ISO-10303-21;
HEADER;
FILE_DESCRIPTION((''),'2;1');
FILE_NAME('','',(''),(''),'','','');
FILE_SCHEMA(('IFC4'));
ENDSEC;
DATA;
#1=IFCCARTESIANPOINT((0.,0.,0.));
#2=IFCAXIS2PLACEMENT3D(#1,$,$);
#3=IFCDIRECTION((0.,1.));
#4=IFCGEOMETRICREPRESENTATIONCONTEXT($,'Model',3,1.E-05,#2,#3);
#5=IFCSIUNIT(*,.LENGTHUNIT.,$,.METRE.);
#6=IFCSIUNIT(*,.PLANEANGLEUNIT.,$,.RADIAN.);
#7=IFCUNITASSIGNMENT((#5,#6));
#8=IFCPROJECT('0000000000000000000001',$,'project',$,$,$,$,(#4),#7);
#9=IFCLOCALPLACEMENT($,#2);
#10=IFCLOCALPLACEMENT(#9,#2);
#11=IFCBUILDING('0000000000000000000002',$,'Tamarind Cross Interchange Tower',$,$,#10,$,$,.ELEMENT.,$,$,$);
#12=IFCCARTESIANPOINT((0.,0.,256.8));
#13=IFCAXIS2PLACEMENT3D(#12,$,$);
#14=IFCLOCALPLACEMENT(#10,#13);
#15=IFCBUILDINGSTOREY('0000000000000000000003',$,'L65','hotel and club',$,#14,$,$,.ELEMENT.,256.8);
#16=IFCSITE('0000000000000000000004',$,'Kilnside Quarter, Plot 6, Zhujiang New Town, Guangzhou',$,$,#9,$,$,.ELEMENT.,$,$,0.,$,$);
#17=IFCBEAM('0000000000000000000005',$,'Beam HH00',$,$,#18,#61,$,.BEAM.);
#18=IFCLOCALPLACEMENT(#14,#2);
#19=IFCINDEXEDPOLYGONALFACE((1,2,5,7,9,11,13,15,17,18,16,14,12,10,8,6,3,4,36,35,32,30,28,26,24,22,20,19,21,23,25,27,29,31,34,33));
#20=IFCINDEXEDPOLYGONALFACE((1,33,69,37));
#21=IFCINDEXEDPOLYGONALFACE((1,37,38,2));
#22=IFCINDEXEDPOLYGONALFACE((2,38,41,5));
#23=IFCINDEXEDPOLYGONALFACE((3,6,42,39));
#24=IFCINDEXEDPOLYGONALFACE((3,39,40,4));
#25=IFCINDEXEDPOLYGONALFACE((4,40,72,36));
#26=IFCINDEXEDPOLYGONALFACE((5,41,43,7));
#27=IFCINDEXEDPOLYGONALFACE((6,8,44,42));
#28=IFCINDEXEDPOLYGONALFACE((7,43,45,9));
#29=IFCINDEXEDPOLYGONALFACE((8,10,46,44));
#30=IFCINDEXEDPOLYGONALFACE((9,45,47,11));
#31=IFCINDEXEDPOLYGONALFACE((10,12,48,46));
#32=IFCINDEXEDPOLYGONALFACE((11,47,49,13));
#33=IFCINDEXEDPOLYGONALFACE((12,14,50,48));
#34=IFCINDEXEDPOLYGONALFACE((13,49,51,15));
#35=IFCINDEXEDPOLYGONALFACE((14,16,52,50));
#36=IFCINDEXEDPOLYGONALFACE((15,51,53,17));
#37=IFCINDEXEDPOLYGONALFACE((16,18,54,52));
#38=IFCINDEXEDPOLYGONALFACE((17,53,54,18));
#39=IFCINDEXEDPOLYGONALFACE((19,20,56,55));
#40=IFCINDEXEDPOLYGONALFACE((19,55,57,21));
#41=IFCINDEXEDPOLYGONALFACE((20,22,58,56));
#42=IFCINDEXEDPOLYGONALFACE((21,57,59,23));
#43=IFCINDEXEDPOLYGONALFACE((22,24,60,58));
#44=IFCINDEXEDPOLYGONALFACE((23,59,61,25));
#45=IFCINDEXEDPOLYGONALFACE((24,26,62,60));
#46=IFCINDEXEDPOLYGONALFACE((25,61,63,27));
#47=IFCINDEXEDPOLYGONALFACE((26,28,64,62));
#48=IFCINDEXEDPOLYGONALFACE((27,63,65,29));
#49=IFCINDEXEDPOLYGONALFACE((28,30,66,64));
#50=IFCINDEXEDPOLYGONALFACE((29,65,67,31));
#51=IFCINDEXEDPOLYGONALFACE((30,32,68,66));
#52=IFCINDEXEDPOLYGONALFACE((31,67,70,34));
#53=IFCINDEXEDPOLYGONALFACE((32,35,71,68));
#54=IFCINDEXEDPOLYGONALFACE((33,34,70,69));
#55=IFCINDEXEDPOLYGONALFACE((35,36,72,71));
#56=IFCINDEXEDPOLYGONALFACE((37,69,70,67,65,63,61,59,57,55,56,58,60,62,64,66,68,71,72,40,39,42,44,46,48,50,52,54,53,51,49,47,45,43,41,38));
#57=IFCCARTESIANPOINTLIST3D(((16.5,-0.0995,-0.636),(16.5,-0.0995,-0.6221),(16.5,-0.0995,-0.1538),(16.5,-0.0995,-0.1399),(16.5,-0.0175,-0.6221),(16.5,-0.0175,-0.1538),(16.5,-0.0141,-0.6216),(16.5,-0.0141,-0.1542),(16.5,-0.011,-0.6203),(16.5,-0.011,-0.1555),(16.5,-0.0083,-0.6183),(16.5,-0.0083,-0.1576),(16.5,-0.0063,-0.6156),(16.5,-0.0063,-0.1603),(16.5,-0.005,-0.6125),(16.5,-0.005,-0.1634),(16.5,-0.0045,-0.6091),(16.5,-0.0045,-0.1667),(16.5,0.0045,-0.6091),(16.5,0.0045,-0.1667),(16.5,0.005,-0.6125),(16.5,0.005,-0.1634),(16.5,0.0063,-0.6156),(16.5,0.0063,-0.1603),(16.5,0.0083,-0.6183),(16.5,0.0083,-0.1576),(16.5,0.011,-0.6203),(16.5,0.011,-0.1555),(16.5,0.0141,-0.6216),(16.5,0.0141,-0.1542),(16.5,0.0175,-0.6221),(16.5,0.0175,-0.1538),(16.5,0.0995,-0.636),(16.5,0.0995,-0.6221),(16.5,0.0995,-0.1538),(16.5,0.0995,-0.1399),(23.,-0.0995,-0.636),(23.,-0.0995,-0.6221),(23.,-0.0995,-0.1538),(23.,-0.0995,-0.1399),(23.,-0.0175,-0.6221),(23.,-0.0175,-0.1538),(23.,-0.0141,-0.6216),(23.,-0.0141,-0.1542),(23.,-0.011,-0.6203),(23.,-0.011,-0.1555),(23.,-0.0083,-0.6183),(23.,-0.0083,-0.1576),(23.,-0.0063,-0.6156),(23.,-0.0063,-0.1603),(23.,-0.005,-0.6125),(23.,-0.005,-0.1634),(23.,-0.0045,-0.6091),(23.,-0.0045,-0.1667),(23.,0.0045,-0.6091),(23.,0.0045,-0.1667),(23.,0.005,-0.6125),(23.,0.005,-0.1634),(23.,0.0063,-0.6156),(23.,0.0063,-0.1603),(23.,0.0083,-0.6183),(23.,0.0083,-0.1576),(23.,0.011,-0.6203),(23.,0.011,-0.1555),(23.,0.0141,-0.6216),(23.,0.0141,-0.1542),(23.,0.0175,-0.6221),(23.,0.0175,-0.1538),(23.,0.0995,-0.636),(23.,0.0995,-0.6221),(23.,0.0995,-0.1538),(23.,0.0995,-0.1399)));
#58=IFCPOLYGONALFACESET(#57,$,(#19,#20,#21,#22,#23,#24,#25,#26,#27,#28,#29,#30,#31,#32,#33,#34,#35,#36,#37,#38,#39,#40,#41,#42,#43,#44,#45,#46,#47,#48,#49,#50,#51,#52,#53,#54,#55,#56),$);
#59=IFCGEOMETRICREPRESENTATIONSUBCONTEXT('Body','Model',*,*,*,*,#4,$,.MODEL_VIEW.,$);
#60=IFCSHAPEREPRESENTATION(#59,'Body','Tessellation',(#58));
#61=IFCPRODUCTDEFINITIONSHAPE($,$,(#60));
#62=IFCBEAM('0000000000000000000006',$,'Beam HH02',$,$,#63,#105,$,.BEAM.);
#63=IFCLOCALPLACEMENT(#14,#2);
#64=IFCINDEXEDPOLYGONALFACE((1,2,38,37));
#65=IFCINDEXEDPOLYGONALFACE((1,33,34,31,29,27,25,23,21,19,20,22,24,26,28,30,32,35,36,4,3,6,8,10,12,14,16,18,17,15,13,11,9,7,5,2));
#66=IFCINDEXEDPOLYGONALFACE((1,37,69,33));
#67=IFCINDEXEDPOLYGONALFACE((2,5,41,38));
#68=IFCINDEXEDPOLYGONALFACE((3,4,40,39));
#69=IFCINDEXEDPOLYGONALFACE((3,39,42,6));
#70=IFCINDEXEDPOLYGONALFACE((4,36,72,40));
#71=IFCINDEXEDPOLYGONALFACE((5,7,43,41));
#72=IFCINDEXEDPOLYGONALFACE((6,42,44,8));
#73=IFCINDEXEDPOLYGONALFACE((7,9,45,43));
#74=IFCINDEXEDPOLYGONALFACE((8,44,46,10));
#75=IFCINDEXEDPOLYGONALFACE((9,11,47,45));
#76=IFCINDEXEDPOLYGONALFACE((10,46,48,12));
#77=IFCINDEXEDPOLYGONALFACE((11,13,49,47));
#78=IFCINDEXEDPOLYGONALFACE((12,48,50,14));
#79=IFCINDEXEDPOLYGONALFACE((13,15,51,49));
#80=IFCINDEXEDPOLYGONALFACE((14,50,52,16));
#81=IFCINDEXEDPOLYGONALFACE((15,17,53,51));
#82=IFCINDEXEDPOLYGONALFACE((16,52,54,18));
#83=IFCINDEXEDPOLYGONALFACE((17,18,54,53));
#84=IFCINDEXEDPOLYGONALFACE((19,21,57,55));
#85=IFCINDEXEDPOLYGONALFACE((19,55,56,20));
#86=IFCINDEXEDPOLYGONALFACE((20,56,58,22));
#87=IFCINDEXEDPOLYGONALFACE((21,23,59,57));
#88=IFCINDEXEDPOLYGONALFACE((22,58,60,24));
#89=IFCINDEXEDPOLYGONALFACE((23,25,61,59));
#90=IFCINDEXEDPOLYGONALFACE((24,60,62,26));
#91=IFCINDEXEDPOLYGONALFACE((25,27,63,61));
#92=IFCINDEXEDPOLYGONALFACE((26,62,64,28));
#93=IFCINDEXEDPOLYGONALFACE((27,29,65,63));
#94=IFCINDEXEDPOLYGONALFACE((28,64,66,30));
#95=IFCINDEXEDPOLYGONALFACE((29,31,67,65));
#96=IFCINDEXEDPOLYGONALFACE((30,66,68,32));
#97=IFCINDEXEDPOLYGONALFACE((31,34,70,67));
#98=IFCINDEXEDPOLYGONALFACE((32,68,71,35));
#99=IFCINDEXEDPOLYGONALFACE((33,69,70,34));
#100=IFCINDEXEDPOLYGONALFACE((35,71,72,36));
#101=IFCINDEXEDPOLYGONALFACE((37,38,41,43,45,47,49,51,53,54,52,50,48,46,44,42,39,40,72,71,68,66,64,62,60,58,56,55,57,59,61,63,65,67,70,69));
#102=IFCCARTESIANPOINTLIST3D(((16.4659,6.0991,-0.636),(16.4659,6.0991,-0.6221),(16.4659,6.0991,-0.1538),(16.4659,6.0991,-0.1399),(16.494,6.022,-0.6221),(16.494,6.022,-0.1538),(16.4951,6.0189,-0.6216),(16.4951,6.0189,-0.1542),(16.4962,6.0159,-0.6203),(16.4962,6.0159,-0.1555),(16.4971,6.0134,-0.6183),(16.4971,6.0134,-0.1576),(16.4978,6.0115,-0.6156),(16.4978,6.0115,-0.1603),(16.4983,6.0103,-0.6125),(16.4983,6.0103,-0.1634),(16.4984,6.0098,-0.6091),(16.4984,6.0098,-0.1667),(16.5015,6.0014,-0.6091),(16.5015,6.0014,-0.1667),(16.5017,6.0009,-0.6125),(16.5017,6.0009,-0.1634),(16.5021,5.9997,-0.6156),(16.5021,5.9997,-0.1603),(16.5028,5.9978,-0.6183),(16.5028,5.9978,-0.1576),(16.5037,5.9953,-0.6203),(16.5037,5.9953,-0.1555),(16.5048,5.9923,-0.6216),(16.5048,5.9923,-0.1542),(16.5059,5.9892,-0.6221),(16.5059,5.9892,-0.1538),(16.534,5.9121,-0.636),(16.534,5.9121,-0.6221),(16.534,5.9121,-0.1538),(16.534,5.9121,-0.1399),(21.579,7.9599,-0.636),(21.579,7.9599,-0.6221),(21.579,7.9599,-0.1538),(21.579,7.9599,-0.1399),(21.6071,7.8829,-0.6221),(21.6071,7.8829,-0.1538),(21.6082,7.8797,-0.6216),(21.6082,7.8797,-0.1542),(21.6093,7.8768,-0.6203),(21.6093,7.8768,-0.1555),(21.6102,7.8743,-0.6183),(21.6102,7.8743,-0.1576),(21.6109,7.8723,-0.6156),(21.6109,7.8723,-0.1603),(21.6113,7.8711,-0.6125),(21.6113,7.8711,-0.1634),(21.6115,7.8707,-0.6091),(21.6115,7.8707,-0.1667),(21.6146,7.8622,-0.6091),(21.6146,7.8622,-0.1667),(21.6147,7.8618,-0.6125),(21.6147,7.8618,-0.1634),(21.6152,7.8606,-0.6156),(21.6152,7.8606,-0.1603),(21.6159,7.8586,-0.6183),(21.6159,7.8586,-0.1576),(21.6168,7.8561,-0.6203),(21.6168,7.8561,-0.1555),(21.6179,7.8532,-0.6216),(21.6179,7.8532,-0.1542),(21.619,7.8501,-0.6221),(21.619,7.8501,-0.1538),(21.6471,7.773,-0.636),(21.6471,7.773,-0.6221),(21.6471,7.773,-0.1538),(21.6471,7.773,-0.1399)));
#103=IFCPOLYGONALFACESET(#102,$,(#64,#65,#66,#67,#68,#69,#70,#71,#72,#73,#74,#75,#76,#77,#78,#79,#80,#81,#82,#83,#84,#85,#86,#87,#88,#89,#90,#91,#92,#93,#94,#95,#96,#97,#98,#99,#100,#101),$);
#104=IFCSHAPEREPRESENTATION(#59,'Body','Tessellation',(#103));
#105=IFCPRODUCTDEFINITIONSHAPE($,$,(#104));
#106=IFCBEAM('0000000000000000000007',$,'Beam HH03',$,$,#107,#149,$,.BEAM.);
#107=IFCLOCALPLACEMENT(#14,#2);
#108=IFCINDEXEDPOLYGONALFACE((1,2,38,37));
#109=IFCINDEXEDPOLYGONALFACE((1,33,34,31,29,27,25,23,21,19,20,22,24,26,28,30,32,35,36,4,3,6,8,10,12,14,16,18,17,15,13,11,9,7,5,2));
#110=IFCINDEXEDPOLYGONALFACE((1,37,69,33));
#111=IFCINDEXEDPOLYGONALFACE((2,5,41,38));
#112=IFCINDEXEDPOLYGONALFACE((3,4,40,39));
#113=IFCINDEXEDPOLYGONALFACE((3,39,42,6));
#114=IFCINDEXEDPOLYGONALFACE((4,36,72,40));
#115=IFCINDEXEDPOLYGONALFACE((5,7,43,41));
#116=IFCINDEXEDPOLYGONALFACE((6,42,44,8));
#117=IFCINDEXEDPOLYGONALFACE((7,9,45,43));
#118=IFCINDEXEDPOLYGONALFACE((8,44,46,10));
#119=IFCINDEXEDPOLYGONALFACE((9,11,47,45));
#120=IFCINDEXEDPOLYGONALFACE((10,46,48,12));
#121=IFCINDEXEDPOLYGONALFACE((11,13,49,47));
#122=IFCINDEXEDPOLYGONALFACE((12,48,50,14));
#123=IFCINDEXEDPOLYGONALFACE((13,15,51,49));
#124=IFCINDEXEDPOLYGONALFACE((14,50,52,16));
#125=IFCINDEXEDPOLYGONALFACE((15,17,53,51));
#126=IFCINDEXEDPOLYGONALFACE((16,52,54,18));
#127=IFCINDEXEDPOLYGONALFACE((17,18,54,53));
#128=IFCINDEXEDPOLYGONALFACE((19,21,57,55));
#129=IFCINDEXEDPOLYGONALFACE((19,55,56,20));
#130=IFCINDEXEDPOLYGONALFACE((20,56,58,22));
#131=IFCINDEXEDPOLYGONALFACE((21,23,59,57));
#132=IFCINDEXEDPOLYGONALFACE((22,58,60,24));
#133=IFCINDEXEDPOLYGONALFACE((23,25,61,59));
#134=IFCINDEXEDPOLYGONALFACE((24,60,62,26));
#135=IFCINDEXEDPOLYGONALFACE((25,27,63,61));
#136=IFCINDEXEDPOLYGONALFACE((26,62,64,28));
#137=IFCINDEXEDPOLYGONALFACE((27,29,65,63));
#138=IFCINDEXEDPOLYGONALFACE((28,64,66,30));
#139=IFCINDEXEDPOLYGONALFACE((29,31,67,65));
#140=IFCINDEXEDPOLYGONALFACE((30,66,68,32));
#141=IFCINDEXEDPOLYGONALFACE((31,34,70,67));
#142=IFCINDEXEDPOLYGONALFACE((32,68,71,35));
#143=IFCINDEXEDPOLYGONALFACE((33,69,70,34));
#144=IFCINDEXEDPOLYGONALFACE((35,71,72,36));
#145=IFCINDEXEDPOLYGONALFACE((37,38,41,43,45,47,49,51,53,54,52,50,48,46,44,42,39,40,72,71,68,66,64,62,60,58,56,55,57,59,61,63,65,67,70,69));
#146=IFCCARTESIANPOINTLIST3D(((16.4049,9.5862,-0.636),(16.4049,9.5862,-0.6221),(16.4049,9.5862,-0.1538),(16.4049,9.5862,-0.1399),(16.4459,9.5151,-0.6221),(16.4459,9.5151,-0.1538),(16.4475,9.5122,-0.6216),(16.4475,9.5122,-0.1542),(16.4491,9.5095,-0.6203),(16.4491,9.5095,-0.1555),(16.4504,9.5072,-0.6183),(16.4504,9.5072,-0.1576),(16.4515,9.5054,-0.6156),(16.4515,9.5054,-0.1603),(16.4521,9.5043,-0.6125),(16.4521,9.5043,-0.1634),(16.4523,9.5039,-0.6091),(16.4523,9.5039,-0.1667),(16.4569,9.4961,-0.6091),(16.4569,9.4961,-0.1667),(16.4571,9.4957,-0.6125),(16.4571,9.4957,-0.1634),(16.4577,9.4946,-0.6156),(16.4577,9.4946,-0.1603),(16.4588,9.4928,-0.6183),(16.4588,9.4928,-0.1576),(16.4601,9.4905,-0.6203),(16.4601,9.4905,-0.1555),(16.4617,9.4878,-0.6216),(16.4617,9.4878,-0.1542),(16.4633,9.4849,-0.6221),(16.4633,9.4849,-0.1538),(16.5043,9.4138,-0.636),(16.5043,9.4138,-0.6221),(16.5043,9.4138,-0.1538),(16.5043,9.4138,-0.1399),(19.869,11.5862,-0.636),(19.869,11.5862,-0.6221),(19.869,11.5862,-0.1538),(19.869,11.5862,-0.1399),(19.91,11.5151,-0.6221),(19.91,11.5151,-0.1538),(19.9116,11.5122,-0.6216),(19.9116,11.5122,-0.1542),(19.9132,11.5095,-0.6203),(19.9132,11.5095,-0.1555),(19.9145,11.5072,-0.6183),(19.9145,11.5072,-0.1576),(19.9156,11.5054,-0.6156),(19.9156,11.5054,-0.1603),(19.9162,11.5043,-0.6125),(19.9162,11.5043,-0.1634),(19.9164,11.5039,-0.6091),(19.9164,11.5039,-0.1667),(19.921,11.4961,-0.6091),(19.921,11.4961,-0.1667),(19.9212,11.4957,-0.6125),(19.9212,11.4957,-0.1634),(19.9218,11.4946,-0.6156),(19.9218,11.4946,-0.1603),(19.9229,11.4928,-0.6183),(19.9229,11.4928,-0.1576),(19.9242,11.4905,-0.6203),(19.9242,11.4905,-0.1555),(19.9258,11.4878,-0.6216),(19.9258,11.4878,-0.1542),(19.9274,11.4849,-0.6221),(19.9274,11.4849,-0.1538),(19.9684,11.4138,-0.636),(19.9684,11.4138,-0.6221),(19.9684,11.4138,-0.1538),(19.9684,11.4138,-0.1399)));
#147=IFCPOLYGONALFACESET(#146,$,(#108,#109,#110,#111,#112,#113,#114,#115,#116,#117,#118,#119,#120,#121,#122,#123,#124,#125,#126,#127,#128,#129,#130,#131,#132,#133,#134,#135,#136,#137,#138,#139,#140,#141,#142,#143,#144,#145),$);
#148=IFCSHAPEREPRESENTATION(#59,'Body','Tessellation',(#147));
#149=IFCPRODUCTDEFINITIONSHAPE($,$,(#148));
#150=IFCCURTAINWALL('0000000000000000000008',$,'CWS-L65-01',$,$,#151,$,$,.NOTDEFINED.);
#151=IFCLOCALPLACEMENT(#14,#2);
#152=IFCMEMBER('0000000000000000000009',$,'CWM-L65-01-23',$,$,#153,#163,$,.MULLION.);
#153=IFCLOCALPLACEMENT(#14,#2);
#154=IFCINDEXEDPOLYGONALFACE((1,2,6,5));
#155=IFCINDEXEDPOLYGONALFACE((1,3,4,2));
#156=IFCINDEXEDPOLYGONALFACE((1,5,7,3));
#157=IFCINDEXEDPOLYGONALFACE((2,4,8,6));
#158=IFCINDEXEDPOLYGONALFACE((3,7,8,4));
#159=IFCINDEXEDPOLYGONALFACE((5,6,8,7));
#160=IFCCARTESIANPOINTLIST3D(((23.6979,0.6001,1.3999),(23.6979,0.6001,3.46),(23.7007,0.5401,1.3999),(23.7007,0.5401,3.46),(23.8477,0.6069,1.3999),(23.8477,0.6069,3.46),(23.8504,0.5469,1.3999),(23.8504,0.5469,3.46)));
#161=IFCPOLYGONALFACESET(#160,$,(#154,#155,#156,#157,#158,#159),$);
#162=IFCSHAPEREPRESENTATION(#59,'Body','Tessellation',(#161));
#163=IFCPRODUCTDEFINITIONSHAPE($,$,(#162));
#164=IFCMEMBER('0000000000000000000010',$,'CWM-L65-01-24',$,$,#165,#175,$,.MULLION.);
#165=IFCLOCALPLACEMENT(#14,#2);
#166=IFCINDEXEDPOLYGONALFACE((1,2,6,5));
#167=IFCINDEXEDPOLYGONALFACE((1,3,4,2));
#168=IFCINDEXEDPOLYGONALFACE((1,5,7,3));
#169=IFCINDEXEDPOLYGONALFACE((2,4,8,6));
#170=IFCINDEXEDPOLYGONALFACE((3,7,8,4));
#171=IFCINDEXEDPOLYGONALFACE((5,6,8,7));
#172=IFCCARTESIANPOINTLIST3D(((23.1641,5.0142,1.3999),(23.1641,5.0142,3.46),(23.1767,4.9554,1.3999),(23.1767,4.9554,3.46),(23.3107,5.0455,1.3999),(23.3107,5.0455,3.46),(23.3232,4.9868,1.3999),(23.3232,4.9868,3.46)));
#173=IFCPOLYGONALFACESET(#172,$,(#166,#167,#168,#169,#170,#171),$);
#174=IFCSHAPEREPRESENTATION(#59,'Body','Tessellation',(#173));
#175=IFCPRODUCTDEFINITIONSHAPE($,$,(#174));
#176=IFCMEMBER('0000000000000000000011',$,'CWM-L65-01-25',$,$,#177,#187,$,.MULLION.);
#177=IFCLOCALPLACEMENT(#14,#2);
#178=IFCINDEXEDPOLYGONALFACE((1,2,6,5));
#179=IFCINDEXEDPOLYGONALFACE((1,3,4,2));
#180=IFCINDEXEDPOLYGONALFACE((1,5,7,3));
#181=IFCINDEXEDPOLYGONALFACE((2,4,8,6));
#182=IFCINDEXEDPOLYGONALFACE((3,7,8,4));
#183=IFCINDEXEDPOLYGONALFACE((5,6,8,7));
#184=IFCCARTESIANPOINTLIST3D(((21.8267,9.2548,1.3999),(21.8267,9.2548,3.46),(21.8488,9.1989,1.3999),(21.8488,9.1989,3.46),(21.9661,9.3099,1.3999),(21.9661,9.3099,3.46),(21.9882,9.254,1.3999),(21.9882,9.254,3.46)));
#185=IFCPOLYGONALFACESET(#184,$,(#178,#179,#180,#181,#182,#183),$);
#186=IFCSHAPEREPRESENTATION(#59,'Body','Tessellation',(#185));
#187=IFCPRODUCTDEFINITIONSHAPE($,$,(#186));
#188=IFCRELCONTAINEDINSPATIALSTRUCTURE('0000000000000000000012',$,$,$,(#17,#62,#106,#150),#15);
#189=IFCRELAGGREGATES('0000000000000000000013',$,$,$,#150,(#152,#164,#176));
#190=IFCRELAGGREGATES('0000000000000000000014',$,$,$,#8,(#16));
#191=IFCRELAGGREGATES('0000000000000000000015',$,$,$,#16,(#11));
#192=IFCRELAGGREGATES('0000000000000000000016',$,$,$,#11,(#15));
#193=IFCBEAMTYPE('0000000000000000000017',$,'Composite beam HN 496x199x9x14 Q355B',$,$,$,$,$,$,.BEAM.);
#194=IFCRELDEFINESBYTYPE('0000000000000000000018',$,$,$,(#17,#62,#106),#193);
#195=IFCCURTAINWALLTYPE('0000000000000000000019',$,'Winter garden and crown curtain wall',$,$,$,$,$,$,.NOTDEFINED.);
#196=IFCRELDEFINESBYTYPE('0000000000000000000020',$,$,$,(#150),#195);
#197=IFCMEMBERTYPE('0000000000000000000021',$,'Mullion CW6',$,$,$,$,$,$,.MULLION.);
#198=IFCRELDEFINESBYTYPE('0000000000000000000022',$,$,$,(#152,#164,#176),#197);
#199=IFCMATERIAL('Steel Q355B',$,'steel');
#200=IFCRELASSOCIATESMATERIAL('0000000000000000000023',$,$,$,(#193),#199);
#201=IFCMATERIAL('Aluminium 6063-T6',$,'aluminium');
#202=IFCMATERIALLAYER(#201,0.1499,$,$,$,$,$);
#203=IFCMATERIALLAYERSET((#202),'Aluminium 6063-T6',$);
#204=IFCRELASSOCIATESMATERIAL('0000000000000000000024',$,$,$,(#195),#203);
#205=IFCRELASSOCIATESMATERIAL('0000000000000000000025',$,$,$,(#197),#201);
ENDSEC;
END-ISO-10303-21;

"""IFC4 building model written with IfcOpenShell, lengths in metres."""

from ifc_helpers import new_model, si_unit, direction, frame, origin, origin_2d, place, context, subcontext, project, spatial, rectangle, i_section, extrude, material, layer, layer_set, material_profile, profile_set, type_object, element, aggregate, save


model = new_model("IFC4")

# Units and contexts
model_context = context("Model", 3, precision=1e-05, world=origin(), true_north=direction((0.0, 1.0)))
body_context = subcontext(model_context, "Body", "Model", "MODEL_VIEW")
ifc_project = project(units=[si_unit("LENGTHUNIT", "METRE"), si_unit("PLANEANGLEUNIT", "RADIAN")], contexts=[model_context])

# Site, building, storey
site_placement = place(None, origin())
site = spatial("IfcSite", under=ifc_project, at=site_placement, Name="Kilnside Quarter, Plot 6, Zhujiang New Town, Guangzhou", CompositionType="ELEMENT", RefElevation=0.0)
building_placement = place(site_placement, origin())
building = spatial("IfcBuilding", under=site, at=building_placement, Name="Tamarind Cross Interchange Tower", CompositionType="ELEMENT")
storey_placement = place(building_placement, frame((0.0, 0.0, 256.8)))
storey = spatial("IfcBuildingStorey", under=building, at=storey_placement, Name="L65", Description="hotel and club", CompositionType="ELEMENT", Elevation=256.8)

# Beams
ifc_material_1 = material(Name="Steel Q355B", Category="steel")
ifc_material_profile_1 = material_profile(ifc_material_1, i_section(OverallWidth=0.199, OverallDepth=0.4961, WebThickness=0.009, FlangeThickness=0.0139, FilletRadius=0.0129, at=origin_2d()), Name="HN 496x199x9x14")
ifc_profile_set_1 = profile_set([ifc_material_profile_1], Name="Steel Q355B")
beam_type = type_object("IfcBeamType", Name="Composite beam HN 496x199x9x14 Q355B", PredefinedType="BEAM", material=ifc_profile_set_1)
beam_1_placement = place(storey_placement, frame((23.0, 0.0, -0.3879), z_axis=(-1.0, 0.0, 0.0), x_axis=(0.0, -1.0, 0.0)))
element("IfcBeam", 1, at=beam_1_placement, inside=storey, type_object=beam_type, Name="Beam HH00", PredefinedType="BEAM", context=body_context, shape_type="SweptSolid", body=[
    extrude(i_section(OverallWidth=0.199, OverallDepth=0.4961, WebThickness=0.009, FlangeThickness=0.0139, FilletRadius=0.0129, at=origin_2d()), origin(), (0.0, 0.0, 1.0), 6.5),
])
beam_2_placement = place(storey_placement, frame((21.613, 7.8665, -0.3879), z_axis=(-0.939702, -0.341995, 0.0), x_axis=(0.341995, -0.939702, 0.0)))
element("IfcBeam", 2, at=beam_2_placement, inside=storey, type_object=beam_type, Name="Beam HH02", PredefinedType="BEAM", context=body_context, shape_type="SweptSolid", body=[
    extrude(i_section(OverallWidth=0.199, OverallDepth=0.4961, WebThickness=0.009, FlangeThickness=0.0139, FilletRadius=0.0129, at=origin_2d()), origin(), (0.0, 0.0, 1.0), 5.4412),
])
beam_3_placement = place(storey_placement, frame((19.9187, 11.5, -0.3879), z_axis=(-0.866026, -0.499999, 0.0), x_axis=(0.499999, -0.866026, 0.0)))
element("IfcBeam", 3, at=beam_3_placement, inside=storey, type_object=beam_type, Name="Beam HH03", PredefinedType="BEAM", context=body_context, shape_type="SweptSolid", body=[
    extrude(i_section(OverallWidth=0.199, OverallDepth=0.4961, WebThickness=0.009, FlangeThickness=0.0139, FilletRadius=0.0129, at=origin_2d()), origin(), (0.0, 0.0, 1.0), 4.0),
])

# Curtain wall, members
ifc_material_2 = material(Name="Aluminium 6063-T6", Category="aluminium")
ifc_layer_1 = layer(ifc_material_2, 0.1499)
ifc_layer_set_1 = layer_set([ifc_layer_1], Name="Aluminium 6063-T6")
curtain_wall_type = type_object("IfcCurtainWallType", Name="Winter garden and crown curtain wall", PredefinedType="NOTDEFINED", material=ifc_layer_set_1)
curtain_wall_placement = place(storey_placement, origin())
curtain_wall = element("IfcCurtainWall", 4, at=curtain_wall_placement, inside=storey, type_object=curtain_wall_type, Name="CWS-L65-01", PredefinedType="NOTDEFINED")
ifc_material_profile_2 = material_profile(ifc_material_2, rectangle(XDim=0.0601, YDim=0.1499, at=origin_2d()), Name="Mullion CW6")
ifc_profile_set_2 = profile_set([ifc_material_profile_2], Name="Aluminium 6063-T6")
member_type = type_object("IfcMemberType", Name="Mullion CW6", PredefinedType="MULLION", material=ifc_profile_set_2)
member_1_placement = place(storey_placement, frame((23.7742, 0.5735, 1.3999), z_axis=(0.0, 0.0, 1.0), x_axis=(-0.045624, 0.998959, 0.0)))
member_1 = element("IfcMember", 5, at=member_1_placement, type_object=member_type, Name="CWM-L65-01-23", PredefinedType="MULLION", context=body_context, shape_type="SweptSolid", body=[
    extrude(rectangle(XDim=0.0601, YDim=0.1499, at=origin_2d()), origin(), (0.0, 0.0, 1.0), 2.0601),
])
member_2_placement = place(storey_placement, frame((23.2437, 5.0005, 1.3999), z_axis=(0.0, 0.0, 1.0), x_axis=(-0.209425, 0.977825, 0.0)))
member_2 = element("IfcMember", 6, at=member_2_placement, type_object=member_type, Name="CWM-L65-01-24", PredefinedType="MULLION", context=body_context, shape_type="SweptSolid", body=[
    extrude(rectangle(XDim=0.0601, YDim=0.1499, at=origin_2d()), origin(), (0.0, 0.0, 1.0), 2.0601),
])
member_3_placement = place(storey_placement, frame((21.9075, 9.2544, 1.3999), z_axis=(0.0, 0.0, 1.0), x_axis=(-0.367514, 0.930018, 0.0)))
member_3 = element("IfcMember", 7, at=member_3_placement, type_object=member_type, Name="CWM-L65-01-25", PredefinedType="MULLION", context=body_context, shape_type="SweptSolid", body=[
    extrude(rectangle(XDim=0.0601, YDim=0.1499, at=origin_2d()), origin(), (0.0, 0.0, 1.0), 2.0601),
])
aggregate(curtain_wall, [member_1, member_2, member_3])

save(model, "model.ifc")
